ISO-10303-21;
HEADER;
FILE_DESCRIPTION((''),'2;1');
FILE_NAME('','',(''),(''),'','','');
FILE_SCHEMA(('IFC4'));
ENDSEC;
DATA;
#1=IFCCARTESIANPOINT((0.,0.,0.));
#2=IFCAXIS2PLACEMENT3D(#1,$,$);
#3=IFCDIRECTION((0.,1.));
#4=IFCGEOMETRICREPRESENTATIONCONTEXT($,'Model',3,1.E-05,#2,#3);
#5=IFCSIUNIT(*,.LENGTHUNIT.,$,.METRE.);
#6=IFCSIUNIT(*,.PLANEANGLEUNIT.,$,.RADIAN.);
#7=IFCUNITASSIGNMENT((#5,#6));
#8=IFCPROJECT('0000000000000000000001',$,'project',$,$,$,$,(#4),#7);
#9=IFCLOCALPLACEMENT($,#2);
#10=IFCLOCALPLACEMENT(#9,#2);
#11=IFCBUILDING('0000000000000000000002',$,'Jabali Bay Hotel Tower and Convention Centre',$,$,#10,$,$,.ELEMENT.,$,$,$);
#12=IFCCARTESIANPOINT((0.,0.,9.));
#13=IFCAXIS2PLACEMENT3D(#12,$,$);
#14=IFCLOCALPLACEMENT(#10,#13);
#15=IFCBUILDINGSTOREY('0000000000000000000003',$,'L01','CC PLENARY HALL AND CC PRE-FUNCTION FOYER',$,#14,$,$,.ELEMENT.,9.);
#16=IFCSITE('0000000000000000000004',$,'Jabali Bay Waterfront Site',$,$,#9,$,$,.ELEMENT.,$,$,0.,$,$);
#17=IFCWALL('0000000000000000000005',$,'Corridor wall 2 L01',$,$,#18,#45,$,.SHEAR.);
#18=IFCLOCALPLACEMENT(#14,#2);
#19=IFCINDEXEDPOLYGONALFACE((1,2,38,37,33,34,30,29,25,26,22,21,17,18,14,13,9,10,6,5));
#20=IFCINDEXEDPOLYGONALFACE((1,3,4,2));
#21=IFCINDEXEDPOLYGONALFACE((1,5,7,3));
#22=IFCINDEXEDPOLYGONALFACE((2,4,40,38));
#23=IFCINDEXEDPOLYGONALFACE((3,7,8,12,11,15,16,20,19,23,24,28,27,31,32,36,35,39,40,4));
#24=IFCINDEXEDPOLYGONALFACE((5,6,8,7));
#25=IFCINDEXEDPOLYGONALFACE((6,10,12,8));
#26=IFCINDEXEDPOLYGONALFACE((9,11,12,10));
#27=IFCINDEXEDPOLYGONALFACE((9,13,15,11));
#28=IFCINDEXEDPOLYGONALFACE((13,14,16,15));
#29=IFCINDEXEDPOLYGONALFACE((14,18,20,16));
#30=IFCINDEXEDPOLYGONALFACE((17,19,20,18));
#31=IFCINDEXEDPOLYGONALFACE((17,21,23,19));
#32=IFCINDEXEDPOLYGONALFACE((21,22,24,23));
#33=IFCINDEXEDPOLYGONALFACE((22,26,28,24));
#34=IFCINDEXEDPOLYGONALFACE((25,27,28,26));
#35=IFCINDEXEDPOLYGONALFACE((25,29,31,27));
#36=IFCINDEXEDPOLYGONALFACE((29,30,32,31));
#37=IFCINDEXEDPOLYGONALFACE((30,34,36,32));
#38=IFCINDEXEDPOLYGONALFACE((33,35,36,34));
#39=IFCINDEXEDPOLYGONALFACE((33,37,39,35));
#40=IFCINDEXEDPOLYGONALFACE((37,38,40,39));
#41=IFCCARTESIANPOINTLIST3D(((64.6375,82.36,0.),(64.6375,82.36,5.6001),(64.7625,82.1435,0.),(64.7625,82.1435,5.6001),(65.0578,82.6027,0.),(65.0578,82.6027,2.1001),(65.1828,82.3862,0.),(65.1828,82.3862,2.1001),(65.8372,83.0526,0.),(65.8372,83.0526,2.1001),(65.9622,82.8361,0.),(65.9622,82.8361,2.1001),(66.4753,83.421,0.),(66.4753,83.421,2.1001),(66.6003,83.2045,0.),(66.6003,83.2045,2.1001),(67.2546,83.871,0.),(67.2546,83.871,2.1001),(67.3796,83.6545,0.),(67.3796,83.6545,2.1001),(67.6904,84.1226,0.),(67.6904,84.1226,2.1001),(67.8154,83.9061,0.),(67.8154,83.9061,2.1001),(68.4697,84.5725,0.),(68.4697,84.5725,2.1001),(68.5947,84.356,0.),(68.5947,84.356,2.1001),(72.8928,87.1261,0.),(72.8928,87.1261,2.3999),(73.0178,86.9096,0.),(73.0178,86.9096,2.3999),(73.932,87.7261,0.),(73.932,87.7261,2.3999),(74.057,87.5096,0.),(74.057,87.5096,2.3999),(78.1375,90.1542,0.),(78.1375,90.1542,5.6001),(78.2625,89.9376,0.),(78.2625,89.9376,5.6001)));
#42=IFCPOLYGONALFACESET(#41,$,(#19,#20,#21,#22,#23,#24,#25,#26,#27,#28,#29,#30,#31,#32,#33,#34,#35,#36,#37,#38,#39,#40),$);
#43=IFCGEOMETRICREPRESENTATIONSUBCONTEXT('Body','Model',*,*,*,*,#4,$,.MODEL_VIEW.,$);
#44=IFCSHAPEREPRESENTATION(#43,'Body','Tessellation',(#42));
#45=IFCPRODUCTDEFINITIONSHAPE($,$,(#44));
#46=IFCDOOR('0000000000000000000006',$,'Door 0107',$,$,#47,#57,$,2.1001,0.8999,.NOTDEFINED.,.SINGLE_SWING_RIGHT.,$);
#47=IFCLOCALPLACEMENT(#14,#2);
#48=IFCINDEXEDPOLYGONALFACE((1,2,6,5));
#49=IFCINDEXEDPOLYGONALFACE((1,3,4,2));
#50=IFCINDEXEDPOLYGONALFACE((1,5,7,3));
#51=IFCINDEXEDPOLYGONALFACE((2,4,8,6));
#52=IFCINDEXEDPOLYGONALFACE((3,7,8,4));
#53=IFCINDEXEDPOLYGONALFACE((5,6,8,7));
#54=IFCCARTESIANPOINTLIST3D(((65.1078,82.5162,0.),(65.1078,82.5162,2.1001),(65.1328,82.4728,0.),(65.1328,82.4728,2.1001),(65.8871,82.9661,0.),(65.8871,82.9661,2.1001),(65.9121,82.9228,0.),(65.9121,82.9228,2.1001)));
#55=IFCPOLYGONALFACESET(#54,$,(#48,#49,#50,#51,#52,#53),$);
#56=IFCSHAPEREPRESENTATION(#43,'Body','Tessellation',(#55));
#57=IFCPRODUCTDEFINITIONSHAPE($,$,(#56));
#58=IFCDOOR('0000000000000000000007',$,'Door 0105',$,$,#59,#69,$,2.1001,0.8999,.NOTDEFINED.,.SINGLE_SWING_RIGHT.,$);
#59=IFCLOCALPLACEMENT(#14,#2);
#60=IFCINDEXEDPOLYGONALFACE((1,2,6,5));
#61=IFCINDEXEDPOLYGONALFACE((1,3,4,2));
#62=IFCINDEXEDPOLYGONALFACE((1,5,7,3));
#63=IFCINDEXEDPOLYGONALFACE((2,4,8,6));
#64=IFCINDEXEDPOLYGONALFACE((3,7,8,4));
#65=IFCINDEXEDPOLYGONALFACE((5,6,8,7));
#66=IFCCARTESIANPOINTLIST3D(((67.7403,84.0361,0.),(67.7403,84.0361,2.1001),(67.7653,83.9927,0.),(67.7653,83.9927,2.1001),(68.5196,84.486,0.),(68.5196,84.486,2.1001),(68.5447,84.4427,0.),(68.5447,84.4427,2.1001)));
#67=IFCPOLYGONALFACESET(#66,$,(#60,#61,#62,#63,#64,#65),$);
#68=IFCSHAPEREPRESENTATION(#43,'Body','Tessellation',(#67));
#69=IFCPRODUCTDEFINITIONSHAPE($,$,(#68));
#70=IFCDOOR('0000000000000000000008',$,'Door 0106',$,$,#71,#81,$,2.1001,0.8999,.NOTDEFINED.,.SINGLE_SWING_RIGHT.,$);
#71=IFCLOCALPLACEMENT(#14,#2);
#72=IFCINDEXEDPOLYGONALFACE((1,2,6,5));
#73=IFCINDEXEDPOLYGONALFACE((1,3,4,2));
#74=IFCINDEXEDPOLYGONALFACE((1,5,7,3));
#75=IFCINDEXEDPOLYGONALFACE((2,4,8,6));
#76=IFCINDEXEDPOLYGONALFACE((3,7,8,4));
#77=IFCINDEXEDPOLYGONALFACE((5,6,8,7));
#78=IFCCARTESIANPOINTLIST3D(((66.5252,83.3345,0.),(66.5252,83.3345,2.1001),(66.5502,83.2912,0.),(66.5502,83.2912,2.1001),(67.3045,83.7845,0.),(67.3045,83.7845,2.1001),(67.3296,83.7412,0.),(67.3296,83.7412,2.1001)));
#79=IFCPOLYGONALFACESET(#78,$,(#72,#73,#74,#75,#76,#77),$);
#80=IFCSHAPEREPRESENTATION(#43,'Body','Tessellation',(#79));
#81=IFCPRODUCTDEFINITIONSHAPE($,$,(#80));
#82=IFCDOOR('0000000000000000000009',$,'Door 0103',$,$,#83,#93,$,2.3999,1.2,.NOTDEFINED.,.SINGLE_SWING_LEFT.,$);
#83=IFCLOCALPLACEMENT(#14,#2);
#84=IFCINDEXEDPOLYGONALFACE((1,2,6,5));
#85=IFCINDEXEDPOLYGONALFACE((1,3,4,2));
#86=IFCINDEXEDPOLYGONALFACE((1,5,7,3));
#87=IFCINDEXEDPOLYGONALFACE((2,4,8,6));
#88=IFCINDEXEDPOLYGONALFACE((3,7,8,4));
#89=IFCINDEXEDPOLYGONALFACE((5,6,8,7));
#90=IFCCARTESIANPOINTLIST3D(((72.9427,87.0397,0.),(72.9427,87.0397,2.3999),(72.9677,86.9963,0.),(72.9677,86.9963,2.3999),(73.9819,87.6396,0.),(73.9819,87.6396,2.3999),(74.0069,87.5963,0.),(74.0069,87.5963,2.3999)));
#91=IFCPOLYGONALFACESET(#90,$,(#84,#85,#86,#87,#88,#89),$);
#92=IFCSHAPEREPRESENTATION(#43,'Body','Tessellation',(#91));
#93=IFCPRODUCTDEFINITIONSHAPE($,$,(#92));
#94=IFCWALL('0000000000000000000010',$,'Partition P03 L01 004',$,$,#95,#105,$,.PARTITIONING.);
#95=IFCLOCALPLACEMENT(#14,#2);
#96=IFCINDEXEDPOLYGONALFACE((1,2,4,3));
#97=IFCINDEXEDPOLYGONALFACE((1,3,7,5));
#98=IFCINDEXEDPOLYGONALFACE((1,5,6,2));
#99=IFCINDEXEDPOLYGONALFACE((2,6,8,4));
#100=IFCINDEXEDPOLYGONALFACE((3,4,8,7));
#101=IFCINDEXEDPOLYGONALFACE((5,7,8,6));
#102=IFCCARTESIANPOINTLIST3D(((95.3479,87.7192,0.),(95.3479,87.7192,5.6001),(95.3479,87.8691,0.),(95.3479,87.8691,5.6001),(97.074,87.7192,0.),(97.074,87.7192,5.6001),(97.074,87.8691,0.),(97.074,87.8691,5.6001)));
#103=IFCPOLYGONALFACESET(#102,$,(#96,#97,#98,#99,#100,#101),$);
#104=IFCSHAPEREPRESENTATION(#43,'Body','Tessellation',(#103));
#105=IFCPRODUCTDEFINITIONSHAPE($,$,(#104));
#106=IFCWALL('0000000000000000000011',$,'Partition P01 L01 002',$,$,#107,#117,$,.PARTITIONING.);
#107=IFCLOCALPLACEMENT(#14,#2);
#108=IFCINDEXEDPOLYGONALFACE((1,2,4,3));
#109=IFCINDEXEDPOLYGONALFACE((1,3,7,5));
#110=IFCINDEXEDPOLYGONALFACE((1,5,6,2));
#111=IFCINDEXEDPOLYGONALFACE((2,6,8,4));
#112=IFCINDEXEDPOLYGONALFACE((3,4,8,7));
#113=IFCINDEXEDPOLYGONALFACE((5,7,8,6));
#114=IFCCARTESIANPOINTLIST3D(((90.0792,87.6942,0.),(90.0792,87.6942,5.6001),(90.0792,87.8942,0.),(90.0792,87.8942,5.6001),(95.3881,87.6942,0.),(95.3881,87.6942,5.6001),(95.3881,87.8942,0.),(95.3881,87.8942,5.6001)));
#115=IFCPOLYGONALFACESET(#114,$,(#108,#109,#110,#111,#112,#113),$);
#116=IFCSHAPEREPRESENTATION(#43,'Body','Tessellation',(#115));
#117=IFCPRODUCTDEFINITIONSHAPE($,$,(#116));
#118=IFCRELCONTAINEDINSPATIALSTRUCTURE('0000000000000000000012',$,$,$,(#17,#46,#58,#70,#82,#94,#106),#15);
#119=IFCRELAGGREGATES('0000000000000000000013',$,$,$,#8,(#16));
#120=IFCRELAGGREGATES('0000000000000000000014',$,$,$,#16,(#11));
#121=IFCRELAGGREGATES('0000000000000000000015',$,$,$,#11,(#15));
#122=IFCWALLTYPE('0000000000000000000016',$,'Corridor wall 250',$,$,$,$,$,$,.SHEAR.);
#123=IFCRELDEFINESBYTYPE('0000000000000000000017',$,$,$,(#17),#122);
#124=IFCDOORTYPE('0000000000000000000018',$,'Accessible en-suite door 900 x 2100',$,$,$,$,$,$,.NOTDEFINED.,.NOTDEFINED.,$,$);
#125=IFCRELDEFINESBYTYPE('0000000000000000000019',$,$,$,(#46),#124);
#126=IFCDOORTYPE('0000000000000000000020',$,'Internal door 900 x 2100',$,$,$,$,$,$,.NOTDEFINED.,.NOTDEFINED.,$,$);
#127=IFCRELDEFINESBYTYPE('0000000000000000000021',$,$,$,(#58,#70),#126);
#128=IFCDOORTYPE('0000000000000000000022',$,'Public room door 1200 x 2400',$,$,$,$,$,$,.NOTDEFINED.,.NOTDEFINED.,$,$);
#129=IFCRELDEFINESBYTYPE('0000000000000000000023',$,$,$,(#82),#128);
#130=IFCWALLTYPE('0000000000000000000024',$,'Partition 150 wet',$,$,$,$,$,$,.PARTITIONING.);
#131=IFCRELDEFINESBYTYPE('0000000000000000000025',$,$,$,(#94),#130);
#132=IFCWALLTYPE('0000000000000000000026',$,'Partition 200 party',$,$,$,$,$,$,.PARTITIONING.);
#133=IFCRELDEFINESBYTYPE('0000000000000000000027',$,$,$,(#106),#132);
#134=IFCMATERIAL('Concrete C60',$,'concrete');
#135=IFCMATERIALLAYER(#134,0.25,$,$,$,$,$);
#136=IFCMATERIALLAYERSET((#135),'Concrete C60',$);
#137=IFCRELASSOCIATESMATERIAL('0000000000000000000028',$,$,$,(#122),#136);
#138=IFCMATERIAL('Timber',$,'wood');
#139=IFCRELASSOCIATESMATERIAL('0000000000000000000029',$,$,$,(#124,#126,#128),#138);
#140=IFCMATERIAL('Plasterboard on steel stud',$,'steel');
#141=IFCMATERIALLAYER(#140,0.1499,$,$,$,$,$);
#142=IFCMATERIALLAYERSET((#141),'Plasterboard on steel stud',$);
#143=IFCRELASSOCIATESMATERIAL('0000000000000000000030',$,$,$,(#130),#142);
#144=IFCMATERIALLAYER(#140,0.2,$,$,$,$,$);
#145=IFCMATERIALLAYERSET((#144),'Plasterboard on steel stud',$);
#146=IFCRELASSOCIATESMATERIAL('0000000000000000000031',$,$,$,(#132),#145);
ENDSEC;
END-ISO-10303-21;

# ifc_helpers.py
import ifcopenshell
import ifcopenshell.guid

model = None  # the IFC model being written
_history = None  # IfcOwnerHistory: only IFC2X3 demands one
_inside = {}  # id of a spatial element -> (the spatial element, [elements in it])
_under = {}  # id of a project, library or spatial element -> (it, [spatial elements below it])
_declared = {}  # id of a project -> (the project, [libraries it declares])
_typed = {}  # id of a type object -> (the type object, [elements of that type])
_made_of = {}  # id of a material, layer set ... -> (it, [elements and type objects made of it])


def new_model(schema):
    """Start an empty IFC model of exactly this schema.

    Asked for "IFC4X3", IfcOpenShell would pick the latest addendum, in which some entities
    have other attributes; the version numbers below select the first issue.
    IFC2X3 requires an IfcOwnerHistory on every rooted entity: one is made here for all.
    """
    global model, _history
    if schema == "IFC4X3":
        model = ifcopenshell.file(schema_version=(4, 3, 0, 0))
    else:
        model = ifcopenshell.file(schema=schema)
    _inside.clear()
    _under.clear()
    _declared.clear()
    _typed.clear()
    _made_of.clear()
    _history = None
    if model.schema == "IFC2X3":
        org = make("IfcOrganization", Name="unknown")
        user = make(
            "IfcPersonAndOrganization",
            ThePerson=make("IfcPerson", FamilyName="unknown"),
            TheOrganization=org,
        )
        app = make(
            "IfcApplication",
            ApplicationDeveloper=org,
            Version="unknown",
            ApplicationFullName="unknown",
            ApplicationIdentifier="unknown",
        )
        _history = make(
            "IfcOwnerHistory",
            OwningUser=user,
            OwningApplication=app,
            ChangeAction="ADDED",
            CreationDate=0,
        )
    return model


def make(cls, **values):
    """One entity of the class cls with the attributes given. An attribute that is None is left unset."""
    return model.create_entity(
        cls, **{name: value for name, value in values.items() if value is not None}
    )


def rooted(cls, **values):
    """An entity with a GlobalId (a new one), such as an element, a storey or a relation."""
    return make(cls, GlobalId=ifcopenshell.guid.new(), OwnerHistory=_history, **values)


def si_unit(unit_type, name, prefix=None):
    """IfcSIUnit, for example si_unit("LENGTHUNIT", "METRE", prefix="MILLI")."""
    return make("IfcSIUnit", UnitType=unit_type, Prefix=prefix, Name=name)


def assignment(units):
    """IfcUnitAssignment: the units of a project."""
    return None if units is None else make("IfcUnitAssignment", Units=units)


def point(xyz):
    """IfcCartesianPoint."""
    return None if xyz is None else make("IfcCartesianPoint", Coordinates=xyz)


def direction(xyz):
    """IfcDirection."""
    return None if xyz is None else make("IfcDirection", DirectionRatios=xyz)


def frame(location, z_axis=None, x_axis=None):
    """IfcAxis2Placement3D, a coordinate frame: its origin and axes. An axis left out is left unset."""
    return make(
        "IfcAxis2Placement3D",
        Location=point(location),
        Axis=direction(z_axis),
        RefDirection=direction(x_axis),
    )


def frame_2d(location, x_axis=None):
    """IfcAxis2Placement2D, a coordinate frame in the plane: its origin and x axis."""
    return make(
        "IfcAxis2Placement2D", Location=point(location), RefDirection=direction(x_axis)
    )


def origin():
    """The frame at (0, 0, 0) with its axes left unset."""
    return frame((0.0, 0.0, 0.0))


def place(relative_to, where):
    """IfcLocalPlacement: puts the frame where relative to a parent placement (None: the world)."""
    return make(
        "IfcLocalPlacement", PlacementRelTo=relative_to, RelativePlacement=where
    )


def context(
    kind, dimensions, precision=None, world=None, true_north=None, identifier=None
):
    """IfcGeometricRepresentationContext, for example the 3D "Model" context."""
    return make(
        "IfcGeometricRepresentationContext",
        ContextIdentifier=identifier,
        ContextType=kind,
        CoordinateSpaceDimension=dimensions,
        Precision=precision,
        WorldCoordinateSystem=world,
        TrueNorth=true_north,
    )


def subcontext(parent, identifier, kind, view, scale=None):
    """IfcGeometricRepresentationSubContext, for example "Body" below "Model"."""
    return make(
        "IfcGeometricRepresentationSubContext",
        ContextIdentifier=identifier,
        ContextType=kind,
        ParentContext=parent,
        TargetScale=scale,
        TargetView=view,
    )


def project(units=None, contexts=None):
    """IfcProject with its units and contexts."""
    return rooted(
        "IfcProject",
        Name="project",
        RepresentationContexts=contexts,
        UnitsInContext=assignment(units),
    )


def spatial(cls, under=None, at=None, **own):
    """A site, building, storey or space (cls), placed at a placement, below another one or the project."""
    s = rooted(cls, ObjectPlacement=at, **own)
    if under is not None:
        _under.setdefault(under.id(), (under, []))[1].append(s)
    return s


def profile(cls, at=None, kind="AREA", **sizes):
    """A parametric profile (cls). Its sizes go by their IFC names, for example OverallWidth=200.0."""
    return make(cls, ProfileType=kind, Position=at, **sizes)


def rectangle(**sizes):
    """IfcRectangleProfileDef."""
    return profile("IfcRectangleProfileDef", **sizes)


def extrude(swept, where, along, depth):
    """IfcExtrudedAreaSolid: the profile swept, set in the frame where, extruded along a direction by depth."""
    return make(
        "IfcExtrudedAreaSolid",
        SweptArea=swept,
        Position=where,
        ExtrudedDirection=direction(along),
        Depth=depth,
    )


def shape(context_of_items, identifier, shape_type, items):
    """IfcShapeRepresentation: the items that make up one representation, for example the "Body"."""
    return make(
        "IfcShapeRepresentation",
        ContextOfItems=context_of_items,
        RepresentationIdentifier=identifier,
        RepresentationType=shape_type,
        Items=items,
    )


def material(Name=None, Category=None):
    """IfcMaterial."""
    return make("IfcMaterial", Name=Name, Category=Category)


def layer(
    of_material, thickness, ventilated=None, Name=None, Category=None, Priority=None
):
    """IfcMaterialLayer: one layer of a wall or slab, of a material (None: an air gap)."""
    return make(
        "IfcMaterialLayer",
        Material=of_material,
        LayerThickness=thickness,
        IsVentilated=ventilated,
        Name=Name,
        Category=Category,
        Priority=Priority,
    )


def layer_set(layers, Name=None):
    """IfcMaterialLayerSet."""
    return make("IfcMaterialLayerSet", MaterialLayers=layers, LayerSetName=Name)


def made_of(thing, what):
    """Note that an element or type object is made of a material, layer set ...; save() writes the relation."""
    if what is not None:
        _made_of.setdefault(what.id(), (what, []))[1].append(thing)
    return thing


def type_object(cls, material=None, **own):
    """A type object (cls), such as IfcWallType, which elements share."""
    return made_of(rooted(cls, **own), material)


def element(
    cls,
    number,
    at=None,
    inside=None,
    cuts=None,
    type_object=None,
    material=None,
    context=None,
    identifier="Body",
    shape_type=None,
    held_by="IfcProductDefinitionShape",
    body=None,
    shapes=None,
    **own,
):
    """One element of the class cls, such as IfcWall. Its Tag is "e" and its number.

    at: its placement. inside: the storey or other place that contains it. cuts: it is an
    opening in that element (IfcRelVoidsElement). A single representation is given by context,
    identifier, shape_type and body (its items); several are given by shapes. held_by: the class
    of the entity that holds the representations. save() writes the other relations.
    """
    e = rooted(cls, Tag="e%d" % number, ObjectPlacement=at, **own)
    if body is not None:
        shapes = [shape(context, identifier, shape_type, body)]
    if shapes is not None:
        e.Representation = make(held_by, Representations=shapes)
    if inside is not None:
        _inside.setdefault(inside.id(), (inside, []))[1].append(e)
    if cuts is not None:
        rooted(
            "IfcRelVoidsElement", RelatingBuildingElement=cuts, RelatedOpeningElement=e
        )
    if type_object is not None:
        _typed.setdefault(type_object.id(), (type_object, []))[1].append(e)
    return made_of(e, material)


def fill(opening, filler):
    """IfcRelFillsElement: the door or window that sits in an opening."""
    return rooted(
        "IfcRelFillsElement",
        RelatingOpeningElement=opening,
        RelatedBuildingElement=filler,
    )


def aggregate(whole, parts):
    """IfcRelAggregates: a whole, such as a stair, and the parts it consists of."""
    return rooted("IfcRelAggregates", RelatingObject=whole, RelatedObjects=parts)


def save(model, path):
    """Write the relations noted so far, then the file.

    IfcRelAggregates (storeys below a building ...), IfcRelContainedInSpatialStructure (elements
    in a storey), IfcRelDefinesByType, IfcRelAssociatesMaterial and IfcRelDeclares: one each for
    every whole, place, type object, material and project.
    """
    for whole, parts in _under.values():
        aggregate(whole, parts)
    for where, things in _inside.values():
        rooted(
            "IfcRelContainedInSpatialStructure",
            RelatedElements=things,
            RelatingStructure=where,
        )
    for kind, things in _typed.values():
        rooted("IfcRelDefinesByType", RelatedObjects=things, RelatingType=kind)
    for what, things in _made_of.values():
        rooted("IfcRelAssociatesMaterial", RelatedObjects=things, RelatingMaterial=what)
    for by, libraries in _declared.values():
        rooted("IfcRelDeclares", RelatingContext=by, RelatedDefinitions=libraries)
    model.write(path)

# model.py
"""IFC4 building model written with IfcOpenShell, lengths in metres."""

from ifc_helpers import new_model, si_unit, direction, frame, frame_2d, origin, place, context, subcontext, project, spatial, rectangle, extrude, material, layer, layer_set, type_object, element, fill, save


model = new_model("IFC4")

# Units and contexts
model_context = context("Model", 3, precision=1e-05, world=origin(), true_north=direction((0.0, 1.0)))
body_context = subcontext(model_context, "Body", "Model", "MODEL_VIEW")
ifc_project = project(units=[si_unit("LENGTHUNIT", "METRE"), si_unit("PLANEANGLEUNIT", "RADIAN")], contexts=[model_context])

# Site, building, storey
site_placement = place(None, origin())
site = spatial("IfcSite", under=ifc_project, at=site_placement, Name="Jabali Bay Waterfront Site", CompositionType="ELEMENT", RefElevation=0.0)
building_placement = place(site_placement, origin())
building = spatial("IfcBuilding", under=site, at=building_placement, Name="Jabali Bay Hotel Tower and Convention Centre", CompositionType="ELEMENT")
storey_placement = place(building_placement, frame((0.0, 0.0, 9.0)))
storey = spatial("IfcBuildingStorey", under=building, at=storey_placement, Name="L01", Description="CC PLENARY HALL AND CC PRE-FUNCTION FOYER", CompositionType="ELEMENT", Elevation=9.0)

# Shared definitions
ifc_material_1 = material(Name="Concrete C60", Category="concrete")

# Wall, openings, doors
ifc_layer_1 = layer(ifc_material_1, 0.25)
ifc_layer_set_1 = layer_set([ifc_layer_1], Name="Concrete C60")
wall_type_1 = type_object("IfcWallType", Name="Corridor wall 250", PredefinedType="SHEAR", material=ifc_layer_set_1)
wall_1_placement = place(storey_placement, frame((78.2, 90.0459, 0.0), z_axis=(0.0, 0.0, 1.0), x_axis=(-0.866026, -0.499998, 0.0)))
wall_1 = element("IfcWall", 1, at=wall_1_placement, inside=storey, type_object=wall_type_1, Name="Corridor wall 2 L01", PredefinedType="SHEAR", context=body_context, shape_type="SweptSolid", body=[
    extrude(rectangle(XDim=15.5884, YDim=0.25, at=frame_2d((7.7942, 0.0))), origin(), (0.0, 0.0, 1.0), 5.6001),
])
opening_1_placement = place(wall_1_placement, frame((4.856, 0.0, 0.0)))
opening_1 = element("IfcOpeningElement", 2, at=opening_1_placement, cuts=wall_1, PredefinedType="OPENING", context=body_context, shape_type="SweptSolid", body=[
    extrude(rectangle(XDim=1.2, YDim=2.3999, at=frame_2d((0.6001, 1.2))), frame((0.0, 0.1355, 0.0), z_axis=(0.0, -1.0, 0.0), x_axis=(1.0, 0.0, 0.0)), (0.0, 0.0, 1.0), 0.271),
])
opening_2_placement = place(wall_1_placement, frame((11.1633, 0.0, 0.0)))
opening_2 = element("IfcOpeningElement", 3, at=opening_2_placement, cuts=wall_1, PredefinedType="OPENING", context=body_context, shape_type="SweptSolid", body=[
    extrude(rectangle(XDim=0.8999, YDim=2.1001, at=frame_2d((0.45, 1.05))), frame((0.0, 0.1355, 0.0), z_axis=(0.0, -1.0, 0.0), x_axis=(1.0, 0.0, 0.0)), (0.0, 0.0, 1.0), 0.271),
])
opening_3_placement = place(wall_1_placement, frame((12.5664, 0.0, 0.0)))
opening_3 = element("IfcOpeningElement", 4, at=opening_3_placement, cuts=wall_1, PredefinedType="OPENING", context=body_context, shape_type="SweptSolid", body=[
    extrude(rectangle(XDim=0.8999, YDim=2.1001, at=frame_2d((0.45, 1.05))), frame((0.0, 0.1355, 0.0), z_axis=(0.0, -1.0, 0.0), x_axis=(1.0, 0.0, 0.0)), (0.0, 0.0, 1.0), 0.271),
])
opening_4_placement = place(wall_1_placement, frame((14.2031, 0.0, 0.0)))
opening_4 = element("IfcOpeningElement", 5, at=opening_4_placement, cuts=wall_1, PredefinedType="OPENING", context=body_context, shape_type="SweptSolid", body=[
    extrude(rectangle(XDim=0.8999, YDim=2.1001, at=frame_2d((0.45, 1.05))), frame((0.0, 0.1355, 0.0), z_axis=(0.0, -1.0, 0.0), x_axis=(1.0, 0.0, 0.0)), (0.0, 0.0, 1.0), 0.271),
])
ifc_material_2 = material(Name="Timber", Category="wood")
door_type_1 = type_object("IfcDoorType", Name="Accessible en-suite door 900 x 2100", OperationType="NOTDEFINED", PredefinedType="NOTDEFINED", material=ifc_material_2)
door_1_placement = place(opening_4_placement, origin())
door_1 = element("IfcDoor", 6, at=door_1_placement, inside=storey, type_object=door_type_1, Name="Door 0107", OperationType="SINGLE_SWING_RIGHT", OverallHeight=2.1001, OverallWidth=0.8999, PredefinedType="NOTDEFINED", context=body_context, shape_type="SweptSolid", body=[
    extrude(rectangle(XDim=0.8999, YDim=2.1001, at=frame_2d((0.45, 1.05))), frame((0.0, 0.0249, 0.0), z_axis=(0.0, -1.0, 0.0), x_axis=(1.0, 0.0, 0.0)), (0.0, 0.0, 1.0), 0.05),
])
fill(opening_4, door_1)
door_type_2 = type_object("IfcDoorType", Name="Internal door 900 x 2100", OperationType="NOTDEFINED", PredefinedType="NOTDEFINED", material=ifc_material_2)
door_2_placement = place(opening_2_placement, origin())
door_2 = element("IfcDoor", 7, at=door_2_placement, inside=storey, type_object=door_type_2, Name="Door 0105", OperationType="SINGLE_SWING_RIGHT", OverallHeight=2.1001, OverallWidth=0.8999, PredefinedType="NOTDEFINED", context=body_context, shape_type="SweptSolid", body=[
    extrude(rectangle(XDim=0.8999, YDim=2.1001, at=frame_2d((0.45, 1.05))), frame((0.0, 0.0249, 0.0), z_axis=(0.0, -1.0, 0.0), x_axis=(1.0, 0.0, 0.0)), (0.0, 0.0, 1.0), 0.05),
])
fill(opening_2, door_2)
door_3_placement = place(opening_3_placement, origin())
door_3 = element("IfcDoor", 8, at=door_3_placement, inside=storey, type_object=door_type_2, Name="Door 0106", OperationType="SINGLE_SWING_RIGHT", OverallHeight=2.1001, OverallWidth=0.8999, PredefinedType="NOTDEFINED", context=body_context, shape_type="SweptSolid", body=[
    extrude(rectangle(XDim=0.8999, YDim=2.1001, at=frame_2d((0.45, 1.05))), frame((0.0, 0.0249, 0.0), z_axis=(0.0, -1.0, 0.0), x_axis=(1.0, 0.0, 0.0)), (0.0, 0.0, 1.0), 0.05),
])
fill(opening_3, door_3)
door_type_3 = type_object("IfcDoorType", Name="Public room door 1200 x 2400", OperationType="NOTDEFINED", PredefinedType="NOTDEFINED", material=ifc_material_2)
door_4_placement = place(opening_1_placement, origin())
door_4 = element("IfcDoor", 9, at=door_4_placement, inside=storey, type_object=door_type_3, Name="Door 0103", OperationType="SINGLE_SWING_LEFT", OverallHeight=2.3999, OverallWidth=1.2, PredefinedType="NOTDEFINED", context=body_context, shape_type="SweptSolid", body=[
    extrude(rectangle(XDim=1.2, YDim=2.3999, at=frame_2d((0.6001, 1.2))), frame((0.0, 0.0249, 0.0), z_axis=(0.0, -1.0, 0.0), x_axis=(1.0, 0.0, 0.0)), (0.0, 0.0, 1.0), 0.05),
])
fill(opening_1, door_4)

# Walls
ifc_material_3 = material(Name="Plasterboard on steel stud", Category="steel")
ifc_layer_2 = layer(ifc_material_3, 0.1499)
ifc_layer_set_2 = layer_set([ifc_layer_2], Name="Plasterboard on steel stud")
wall_type_2 = type_object("IfcWallType", Name="Partition 150 wet", PredefinedType="PARTITIONING", material=ifc_layer_set_2)
wall_2_placement = place(storey_placement, frame((97.074, 87.7942, 0.0), z_axis=(0.0, 0.0, 1.0), x_axis=(-1.0, 0.0, 0.0)))
element("IfcWall", 10, at=wall_2_placement, inside=storey, type_object=wall_type_2, Name="Partition P03 L01 004", PredefinedType="PARTITIONING", context=body_context, shape_type="SweptSolid", body=[
    extrude(rectangle(XDim=1.7261, YDim=0.1499, at=frame_2d((0.863, 0.0))), origin(), (0.0, 0.0, 1.0), 5.6001),
])
ifc_layer_3 = layer(ifc_material_3, 0.2)
ifc_layer_set_3 = layer_set([ifc_layer_3], Name="Plasterboard on steel stud")
wall_type_3 = type_object("IfcWallType", Name="Partition 200 party", PredefinedType="PARTITIONING", material=ifc_layer_set_3)
wall_3_placement = place(storey_placement, frame((95.3879, 87.7942, 0.0), z_axis=(0.0, 0.0, 1.0), x_axis=(-1.0, 0.0, 0.0)))
element("IfcWall", 11, at=wall_3_placement, inside=storey, type_object=wall_type_3, Name="Partition P01 L01 002", PredefinedType="PARTITIONING", context=body_context, shape_type="SweptSolid", body=[
    extrude(rectangle(XDim=5.3088, YDim=0.2, at=frame_2d((2.6543, 0.0))), origin(), (0.0, 0.0, 1.0), 5.6001),
])

save(model, "model.ifc")
